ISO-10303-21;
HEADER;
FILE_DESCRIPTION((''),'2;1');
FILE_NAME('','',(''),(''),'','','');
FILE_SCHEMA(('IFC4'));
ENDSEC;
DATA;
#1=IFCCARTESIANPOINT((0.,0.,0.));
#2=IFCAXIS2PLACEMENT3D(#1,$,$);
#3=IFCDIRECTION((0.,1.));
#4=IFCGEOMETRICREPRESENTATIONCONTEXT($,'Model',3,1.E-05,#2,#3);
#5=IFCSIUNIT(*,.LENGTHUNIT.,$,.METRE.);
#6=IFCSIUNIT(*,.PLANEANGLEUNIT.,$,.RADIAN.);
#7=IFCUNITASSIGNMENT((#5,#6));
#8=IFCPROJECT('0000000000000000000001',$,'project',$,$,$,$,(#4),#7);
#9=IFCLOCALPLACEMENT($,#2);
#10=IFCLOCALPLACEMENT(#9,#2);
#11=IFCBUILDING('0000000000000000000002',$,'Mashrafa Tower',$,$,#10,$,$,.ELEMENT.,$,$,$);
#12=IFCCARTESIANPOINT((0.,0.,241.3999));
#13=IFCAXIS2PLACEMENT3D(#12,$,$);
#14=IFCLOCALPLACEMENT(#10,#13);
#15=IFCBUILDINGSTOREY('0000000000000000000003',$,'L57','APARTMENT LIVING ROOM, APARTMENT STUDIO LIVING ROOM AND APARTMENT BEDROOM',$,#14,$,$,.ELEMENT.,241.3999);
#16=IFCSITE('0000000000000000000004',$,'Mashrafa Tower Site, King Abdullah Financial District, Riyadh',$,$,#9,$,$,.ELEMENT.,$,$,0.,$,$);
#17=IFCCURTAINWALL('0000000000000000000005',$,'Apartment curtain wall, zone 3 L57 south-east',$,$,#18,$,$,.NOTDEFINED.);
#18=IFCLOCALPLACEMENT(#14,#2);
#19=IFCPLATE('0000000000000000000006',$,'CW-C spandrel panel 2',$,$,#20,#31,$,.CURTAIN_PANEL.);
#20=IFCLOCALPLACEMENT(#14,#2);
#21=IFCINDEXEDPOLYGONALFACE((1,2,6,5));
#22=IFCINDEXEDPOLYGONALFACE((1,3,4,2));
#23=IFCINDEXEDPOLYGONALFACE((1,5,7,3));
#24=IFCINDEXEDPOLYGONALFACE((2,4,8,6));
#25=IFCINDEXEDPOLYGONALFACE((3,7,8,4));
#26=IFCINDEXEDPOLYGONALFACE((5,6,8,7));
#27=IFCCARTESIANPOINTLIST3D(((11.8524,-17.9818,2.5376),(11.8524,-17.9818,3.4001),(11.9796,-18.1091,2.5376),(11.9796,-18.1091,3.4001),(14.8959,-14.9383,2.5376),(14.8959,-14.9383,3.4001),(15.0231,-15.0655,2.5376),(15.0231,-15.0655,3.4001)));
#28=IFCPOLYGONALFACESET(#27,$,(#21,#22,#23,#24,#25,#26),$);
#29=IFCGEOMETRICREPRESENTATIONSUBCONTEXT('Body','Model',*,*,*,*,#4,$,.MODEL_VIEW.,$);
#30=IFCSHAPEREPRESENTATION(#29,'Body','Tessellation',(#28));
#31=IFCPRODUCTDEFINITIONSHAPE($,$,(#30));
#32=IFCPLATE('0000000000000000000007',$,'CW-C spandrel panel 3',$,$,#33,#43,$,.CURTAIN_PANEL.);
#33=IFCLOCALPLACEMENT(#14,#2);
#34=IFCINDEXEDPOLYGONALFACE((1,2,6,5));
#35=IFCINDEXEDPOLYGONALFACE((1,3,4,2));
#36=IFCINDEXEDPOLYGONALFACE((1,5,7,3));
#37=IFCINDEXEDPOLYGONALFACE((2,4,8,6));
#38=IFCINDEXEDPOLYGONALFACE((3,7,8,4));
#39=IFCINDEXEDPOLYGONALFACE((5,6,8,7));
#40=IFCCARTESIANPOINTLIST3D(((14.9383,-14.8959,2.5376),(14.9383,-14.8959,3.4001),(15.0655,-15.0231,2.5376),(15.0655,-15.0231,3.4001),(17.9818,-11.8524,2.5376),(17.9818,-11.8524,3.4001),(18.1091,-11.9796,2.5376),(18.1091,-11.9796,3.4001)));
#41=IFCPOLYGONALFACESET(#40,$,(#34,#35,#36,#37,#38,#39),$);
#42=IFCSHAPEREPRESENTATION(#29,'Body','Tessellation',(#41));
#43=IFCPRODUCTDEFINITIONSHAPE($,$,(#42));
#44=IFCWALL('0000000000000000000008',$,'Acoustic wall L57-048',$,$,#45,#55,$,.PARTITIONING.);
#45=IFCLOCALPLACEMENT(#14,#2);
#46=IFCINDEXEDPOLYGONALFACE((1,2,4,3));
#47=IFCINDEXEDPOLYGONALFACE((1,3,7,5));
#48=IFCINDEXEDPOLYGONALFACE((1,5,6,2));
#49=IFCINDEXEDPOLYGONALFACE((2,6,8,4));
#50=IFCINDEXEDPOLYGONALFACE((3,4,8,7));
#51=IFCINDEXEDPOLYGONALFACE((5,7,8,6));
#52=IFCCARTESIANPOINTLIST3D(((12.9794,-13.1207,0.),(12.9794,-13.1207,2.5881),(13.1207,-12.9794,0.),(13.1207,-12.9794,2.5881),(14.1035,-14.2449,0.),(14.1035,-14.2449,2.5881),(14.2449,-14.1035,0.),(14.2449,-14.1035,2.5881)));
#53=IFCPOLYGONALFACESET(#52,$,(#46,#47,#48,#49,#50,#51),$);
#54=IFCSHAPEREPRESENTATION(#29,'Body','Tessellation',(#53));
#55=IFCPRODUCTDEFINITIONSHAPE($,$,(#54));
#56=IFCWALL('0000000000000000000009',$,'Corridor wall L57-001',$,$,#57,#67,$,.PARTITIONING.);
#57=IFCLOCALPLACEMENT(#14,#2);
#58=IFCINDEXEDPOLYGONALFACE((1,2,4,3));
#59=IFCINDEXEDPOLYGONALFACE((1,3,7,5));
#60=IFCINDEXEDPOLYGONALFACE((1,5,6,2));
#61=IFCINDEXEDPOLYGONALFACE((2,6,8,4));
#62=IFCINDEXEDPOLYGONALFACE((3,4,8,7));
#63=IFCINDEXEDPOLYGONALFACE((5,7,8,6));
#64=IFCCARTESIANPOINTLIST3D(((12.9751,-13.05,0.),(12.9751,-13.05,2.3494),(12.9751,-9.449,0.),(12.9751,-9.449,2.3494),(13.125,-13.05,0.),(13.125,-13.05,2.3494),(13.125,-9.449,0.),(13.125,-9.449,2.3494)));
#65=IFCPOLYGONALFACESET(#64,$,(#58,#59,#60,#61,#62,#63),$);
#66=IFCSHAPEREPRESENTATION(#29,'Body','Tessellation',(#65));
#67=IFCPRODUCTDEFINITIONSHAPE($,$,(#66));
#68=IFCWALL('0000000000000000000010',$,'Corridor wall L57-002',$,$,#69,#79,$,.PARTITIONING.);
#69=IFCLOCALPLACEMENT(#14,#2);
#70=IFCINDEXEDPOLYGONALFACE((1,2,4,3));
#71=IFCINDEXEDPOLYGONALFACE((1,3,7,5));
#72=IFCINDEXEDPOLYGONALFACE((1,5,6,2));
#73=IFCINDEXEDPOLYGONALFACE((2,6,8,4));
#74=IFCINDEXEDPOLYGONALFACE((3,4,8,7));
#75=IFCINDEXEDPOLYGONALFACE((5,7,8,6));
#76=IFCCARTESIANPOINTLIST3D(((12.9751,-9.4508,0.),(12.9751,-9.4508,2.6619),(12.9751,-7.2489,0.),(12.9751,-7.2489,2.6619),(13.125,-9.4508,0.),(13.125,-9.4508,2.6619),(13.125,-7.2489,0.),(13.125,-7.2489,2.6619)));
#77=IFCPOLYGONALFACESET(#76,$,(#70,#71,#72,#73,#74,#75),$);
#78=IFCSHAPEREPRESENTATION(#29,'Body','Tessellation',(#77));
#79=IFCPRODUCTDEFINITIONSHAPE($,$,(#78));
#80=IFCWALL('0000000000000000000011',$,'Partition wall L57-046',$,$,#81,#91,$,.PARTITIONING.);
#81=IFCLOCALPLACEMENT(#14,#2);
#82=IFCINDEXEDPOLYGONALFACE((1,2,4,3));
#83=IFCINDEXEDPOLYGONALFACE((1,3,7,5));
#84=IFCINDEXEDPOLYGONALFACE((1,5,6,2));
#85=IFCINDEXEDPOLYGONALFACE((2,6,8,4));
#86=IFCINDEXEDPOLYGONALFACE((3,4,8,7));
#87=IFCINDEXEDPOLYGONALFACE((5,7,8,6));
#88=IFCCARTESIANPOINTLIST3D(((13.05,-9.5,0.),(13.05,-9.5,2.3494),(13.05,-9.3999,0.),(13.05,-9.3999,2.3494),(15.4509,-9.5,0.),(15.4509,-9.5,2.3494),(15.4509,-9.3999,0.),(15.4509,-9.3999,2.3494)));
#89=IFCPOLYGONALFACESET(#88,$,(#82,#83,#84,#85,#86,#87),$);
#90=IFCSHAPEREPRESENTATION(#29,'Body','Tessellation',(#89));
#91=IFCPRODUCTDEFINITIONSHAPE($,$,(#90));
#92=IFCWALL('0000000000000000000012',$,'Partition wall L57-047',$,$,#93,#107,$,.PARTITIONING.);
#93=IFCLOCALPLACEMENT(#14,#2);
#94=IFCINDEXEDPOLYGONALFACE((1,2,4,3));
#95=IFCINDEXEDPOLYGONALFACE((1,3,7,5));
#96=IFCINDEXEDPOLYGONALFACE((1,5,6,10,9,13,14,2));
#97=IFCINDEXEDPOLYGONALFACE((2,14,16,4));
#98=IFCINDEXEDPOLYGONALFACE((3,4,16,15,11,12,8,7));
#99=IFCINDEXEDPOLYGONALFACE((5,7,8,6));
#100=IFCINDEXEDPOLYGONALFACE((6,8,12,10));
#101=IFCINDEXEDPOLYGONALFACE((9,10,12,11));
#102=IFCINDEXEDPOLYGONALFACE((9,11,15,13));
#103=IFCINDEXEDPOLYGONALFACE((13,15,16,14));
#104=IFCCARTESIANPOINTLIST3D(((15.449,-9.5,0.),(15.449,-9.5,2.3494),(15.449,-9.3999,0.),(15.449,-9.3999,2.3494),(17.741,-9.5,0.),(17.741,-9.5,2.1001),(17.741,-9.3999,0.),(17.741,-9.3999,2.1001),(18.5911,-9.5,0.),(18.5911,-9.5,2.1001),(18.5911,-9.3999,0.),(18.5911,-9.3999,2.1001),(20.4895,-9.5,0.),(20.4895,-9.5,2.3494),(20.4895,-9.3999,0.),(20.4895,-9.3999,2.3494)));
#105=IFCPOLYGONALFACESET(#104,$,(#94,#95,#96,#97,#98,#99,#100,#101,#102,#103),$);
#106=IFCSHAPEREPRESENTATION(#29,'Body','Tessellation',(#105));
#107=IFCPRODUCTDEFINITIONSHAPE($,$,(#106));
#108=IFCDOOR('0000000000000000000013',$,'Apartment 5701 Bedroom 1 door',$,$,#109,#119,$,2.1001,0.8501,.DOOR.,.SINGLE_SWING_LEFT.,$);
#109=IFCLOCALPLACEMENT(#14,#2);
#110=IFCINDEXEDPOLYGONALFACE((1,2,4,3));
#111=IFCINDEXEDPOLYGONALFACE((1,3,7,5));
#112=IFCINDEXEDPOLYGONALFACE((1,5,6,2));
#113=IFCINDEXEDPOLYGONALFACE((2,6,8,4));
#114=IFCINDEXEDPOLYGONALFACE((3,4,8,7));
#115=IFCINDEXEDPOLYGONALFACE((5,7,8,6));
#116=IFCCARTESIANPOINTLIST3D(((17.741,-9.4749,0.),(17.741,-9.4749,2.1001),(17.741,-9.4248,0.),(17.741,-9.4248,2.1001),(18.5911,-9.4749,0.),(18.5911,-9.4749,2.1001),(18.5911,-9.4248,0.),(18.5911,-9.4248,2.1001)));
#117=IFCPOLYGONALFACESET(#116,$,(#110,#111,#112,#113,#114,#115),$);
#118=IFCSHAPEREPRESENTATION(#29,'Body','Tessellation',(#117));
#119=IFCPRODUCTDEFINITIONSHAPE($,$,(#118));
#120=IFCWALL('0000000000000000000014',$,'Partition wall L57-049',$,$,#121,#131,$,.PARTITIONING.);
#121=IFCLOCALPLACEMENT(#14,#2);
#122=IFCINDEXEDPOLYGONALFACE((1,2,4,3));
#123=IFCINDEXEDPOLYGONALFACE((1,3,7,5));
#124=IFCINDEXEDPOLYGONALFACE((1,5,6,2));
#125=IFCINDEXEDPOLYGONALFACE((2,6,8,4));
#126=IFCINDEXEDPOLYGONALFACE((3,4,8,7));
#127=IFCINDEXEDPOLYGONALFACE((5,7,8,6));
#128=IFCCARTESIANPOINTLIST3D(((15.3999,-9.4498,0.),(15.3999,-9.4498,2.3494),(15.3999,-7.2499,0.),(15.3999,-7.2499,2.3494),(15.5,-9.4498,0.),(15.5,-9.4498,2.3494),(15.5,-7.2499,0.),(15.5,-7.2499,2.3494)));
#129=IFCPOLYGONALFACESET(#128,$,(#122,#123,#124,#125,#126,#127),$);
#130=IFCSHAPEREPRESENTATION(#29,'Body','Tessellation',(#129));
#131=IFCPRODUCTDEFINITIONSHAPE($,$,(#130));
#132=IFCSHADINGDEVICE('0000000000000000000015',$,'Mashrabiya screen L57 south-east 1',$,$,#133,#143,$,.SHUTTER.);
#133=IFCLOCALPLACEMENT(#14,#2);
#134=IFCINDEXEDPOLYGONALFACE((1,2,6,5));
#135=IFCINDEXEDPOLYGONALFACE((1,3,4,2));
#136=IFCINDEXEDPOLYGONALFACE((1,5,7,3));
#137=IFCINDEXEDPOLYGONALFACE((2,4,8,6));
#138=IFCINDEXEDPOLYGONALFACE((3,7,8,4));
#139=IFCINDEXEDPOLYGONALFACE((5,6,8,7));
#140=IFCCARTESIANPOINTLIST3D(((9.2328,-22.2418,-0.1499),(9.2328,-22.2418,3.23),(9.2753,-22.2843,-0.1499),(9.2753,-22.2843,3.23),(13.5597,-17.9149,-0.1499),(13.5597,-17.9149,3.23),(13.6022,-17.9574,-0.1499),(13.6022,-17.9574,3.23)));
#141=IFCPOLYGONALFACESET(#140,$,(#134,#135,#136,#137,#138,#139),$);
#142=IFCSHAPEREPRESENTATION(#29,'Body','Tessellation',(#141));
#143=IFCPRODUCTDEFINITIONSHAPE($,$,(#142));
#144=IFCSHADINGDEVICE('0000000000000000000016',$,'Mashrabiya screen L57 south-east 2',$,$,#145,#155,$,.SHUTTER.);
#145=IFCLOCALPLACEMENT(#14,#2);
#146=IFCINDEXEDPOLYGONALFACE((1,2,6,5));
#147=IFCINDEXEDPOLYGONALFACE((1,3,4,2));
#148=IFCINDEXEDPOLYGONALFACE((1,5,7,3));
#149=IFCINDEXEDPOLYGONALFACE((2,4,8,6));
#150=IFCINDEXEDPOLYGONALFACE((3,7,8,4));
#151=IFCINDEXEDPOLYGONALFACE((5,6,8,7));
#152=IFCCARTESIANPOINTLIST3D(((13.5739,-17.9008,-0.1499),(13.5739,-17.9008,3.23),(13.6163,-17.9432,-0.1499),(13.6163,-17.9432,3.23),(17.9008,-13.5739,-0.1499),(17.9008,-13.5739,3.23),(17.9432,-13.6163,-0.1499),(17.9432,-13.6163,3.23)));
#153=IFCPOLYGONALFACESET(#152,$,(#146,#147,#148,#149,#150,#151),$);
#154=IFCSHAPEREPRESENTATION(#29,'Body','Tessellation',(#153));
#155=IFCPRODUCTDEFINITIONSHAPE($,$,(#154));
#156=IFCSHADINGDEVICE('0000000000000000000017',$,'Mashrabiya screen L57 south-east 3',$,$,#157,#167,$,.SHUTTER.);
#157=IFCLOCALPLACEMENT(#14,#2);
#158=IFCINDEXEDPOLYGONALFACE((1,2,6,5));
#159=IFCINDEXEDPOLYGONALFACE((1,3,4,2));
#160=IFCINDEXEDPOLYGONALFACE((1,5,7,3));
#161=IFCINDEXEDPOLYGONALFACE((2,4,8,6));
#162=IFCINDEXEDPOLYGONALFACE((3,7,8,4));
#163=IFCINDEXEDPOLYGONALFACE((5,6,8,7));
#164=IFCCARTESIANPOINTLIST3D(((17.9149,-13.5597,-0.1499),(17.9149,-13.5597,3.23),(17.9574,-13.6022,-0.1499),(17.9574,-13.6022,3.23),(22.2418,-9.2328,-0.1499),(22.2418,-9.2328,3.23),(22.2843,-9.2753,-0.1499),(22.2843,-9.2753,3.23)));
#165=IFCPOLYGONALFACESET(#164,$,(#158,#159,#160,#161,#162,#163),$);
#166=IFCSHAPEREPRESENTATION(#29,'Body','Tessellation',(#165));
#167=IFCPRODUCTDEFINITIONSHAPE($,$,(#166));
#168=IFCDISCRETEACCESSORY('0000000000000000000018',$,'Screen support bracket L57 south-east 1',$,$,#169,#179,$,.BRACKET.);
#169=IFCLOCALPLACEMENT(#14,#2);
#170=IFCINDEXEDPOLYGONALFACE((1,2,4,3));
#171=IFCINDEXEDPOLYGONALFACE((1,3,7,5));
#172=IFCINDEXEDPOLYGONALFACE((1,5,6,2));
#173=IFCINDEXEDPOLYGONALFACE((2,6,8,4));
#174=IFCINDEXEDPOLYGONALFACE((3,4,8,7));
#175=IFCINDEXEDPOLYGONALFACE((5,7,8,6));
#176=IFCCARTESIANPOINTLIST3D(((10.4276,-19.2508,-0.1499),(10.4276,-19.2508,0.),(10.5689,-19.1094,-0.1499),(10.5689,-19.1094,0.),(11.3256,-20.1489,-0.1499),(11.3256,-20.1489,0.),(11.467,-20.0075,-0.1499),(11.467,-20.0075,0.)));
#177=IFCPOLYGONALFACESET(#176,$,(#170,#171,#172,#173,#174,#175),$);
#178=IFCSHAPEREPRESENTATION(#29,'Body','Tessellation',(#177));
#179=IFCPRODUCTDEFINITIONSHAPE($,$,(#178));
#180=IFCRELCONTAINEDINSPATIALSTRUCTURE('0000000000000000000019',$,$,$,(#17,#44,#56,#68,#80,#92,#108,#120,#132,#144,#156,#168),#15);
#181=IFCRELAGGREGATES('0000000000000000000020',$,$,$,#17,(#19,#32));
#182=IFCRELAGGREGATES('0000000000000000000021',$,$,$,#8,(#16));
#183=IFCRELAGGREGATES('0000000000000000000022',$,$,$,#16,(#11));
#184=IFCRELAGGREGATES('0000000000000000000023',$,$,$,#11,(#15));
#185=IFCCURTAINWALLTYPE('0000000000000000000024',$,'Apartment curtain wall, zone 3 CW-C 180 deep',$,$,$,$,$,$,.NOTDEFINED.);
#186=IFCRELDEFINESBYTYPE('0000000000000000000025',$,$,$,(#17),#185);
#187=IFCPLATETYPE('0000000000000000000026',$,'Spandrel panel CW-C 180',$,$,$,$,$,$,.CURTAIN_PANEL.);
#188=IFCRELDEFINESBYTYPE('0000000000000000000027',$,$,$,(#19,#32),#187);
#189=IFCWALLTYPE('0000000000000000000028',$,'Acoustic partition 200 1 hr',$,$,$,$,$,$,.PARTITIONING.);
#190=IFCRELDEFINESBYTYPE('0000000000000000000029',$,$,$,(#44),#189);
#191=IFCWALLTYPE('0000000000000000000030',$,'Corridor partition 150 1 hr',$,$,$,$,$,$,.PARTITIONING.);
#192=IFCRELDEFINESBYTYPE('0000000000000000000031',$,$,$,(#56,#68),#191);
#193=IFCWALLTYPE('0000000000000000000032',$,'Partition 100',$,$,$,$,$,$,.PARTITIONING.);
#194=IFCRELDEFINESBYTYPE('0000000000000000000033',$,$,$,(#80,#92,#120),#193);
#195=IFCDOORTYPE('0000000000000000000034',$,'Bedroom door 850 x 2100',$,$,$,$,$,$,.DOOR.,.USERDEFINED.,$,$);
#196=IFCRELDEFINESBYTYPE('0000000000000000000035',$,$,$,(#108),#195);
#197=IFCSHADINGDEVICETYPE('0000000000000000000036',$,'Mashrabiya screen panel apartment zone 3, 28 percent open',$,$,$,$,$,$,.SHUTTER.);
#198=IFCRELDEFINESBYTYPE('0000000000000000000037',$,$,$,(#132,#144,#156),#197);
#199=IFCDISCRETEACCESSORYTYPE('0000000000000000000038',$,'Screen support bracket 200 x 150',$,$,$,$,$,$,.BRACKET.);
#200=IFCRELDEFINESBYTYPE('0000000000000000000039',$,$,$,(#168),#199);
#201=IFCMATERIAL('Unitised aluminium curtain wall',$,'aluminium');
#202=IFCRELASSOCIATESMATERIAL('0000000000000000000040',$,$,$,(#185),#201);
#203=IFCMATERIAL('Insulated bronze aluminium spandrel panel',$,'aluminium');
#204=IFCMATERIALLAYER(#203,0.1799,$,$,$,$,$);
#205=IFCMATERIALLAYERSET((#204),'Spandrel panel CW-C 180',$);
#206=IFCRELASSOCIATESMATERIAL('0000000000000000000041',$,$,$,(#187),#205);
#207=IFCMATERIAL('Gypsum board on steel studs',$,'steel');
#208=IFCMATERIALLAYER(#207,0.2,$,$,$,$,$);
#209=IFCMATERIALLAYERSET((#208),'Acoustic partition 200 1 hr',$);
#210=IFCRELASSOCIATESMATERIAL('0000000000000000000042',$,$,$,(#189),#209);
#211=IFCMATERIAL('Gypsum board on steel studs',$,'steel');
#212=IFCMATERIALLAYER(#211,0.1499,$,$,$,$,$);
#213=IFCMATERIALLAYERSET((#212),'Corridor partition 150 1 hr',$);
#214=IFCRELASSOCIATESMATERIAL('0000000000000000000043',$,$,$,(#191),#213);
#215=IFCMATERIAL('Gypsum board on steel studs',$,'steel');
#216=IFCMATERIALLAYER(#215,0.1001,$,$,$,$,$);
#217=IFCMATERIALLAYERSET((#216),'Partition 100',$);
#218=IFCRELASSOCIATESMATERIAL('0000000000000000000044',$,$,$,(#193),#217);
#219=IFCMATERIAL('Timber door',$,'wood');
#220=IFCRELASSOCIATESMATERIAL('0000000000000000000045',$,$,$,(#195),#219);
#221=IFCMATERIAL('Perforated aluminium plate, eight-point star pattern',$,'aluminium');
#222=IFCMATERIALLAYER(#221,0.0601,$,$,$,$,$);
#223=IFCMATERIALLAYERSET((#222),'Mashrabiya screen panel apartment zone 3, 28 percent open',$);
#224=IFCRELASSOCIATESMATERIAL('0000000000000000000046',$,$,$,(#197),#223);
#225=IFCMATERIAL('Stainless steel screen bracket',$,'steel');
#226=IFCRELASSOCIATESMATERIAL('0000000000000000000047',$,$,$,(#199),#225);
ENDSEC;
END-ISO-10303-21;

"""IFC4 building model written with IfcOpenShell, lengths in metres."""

from ifc_helpers import new_model, si_unit, direction, frame, frame_2d, origin, origin_2d, place, context, subcontext, project, spatial, rectangle, extrude, source, transform, mapped, material, layer, layer_set, type_object, type_shapes, element, fill, aggregate, save


model = new_model("IFC4")

# Units and contexts
model_context = context("Model", 3, precision=1e-05, world=origin(), true_north=direction((0.0, 1.0)))
body_context = subcontext(model_context, "Body", "Model", "MODEL_VIEW")
ifc_project = project(units=[si_unit("LENGTHUNIT", "METRE"), si_unit("PLANEANGLEUNIT", "RADIAN")], contexts=[model_context])

# Site, building, storey
site_placement = place(None, origin())
site = spatial("IfcSite", under=ifc_project, at=site_placement, Name="Mashrafa Tower Site, King Abdullah Financial District, Riyadh", CompositionType="ELEMENT", RefElevation=0.0)
building_placement = place(site_placement, origin())
building = spatial("IfcBuilding", under=site, at=building_placement, Name="Mashrafa Tower", CompositionType="ELEMENT")
storey_placement = place(building_placement, frame((0.0, 0.0, 241.3999)))
storey = spatial("IfcBuildingStorey", under=building, at=storey_placement, Name="L57", Description="APARTMENT LIVING ROOM, APARTMENT STUDIO LIVING ROOM AND APARTMENT BEDROOM", CompositionType="ELEMENT", Elevation=241.3999)

# Curtain wall, plates
ifc_material_1 = material(Name="Unitised aluminium curtain wall", Category="aluminium")
curtain_wall_type = type_object("IfcCurtainWallType", Name="Apartment curtain wall, zone 3 CW-C 180 deep", PredefinedType="NOTDEFINED", material=ifc_material_1)
curtain_wall_placement = place(storey_placement, origin())
curtain_wall = element("IfcCurtainWall", 1, at=curtain_wall_placement, inside=storey, type_object=curtain_wall_type, Name="Apartment curtain wall, zone 3 L57 south-east", PredefinedType="NOTDEFINED")
ifc_material_2 = material(Name="Insulated bronze aluminium spandrel panel", Category="aluminium")
ifc_layer_1 = layer(ifc_material_2, 0.1799)
ifc_layer_set_1 = layer_set([ifc_layer_1], Name="Spandrel panel CW-C 180")
plate_type_1 = type_object("IfcPlateType", Name="Spandrel panel CW-C 180", PredefinedType="CURTAIN_PANEL", material=ifc_layer_set_1)
shared_shape_1 = source(origin(), body_context, "Body", "SweptSolid", [
    extrude(rectangle(XDim=4.3042, YDim=0.1799, at=origin_2d()), origin(), (0.0, 0.0, 1.0), 0.8625),
])
plate_1_placement = place(storey_placement, frame((13.4377, -16.5237, 2.5376), z_axis=(0.0, 0.0, 1.0), x_axis=(0.707107, 0.707107, 0.0)))
plate_1 = element("IfcPlate", 2, at=plate_1_placement, type_object=plate_type_1, Name="CW-C spandrel panel 2", PredefinedType="CURTAIN_PANEL", context=body_context, shape_type="MappedRepresentation", body=[
    mapped(shared_shape_1, transform((0.0, 0.0, 0.0))),
])
plate_2_placement = place(storey_placement, frame((16.5237, -13.4377, 2.5376), z_axis=(0.0, 0.0, 1.0), x_axis=(0.707107, 0.707107, 0.0)))
plate_2 = element("IfcPlate", 3, at=plate_2_placement, type_object=plate_type_1, Name="CW-C spandrel panel 3", PredefinedType="CURTAIN_PANEL", context=body_context, shape_type="MappedRepresentation", body=[
    mapped(shared_shape_1, transform((0.0, 0.0, 0.0))),
])
aggregate(curtain_wall, [plate_1, plate_2])

# Walls
ifc_material_3 = material(Name="Gypsum board on steel studs", Category="steel")
ifc_layer_2 = layer(ifc_material_3, 0.2)
ifc_layer_set_2 = layer_set([ifc_layer_2], Name="Acoustic partition 200 1 hr")
wall_type_1 = type_object("IfcWallType", Name="Acoustic partition 200 1 hr", PredefinedType="PARTITIONING", material=ifc_layer_set_2)
wall_1_placement = place(storey_placement, frame((13.05, -13.05, 0.0), z_axis=(0.0, 0.0, 1.0), x_axis=(0.707107, -0.707107, 0.0)))
element("IfcWall", 4, at=wall_1_placement, inside=storey, type_object=wall_type_1, Name="Acoustic wall L57-048", PredefinedType="PARTITIONING", context=body_context, shape_type="SweptSolid", body=[
    extrude(rectangle(XDim=1.5898, YDim=0.2, at=frame_2d((0.7949, 0.0))), origin(), (0.0, 0.0, 1.0), 2.5881),
])
ifc_material_4 = material(Name="Gypsum board on steel studs", Category="steel")
ifc_layer_3 = layer(ifc_material_4, 0.1499)
ifc_layer_set_3 = layer_set([ifc_layer_3], Name="Corridor partition 150 1 hr")
wall_type_2 = type_object("IfcWallType", Name="Corridor partition 150 1 hr", PredefinedType="PARTITIONING", material=ifc_layer_set_3)
wall_2_placement = place(storey_placement, frame((13.05, -13.05, 0.0), z_axis=(0.0, 0.0, 1.0), x_axis=(0.0, 1.0, 0.0)))
element("IfcWall", 5, at=wall_2_placement, inside=storey, type_object=wall_type_2, Name="Corridor wall L57-001", PredefinedType="PARTITIONING", context=body_context, shape_type="SweptSolid", body=[
    extrude(rectangle(XDim=3.6011, YDim=0.1499, at=frame_2d((1.8005, 0.0))), origin(), (0.0, 0.0, 1.0), 2.3494),
])
wall_3_placement = place(storey_placement, frame((13.05, -9.4509, 0.0), z_axis=(0.0, 0.0, 1.0), x_axis=(0.0, 1.0, 0.0)))
element("IfcWall", 6, at=wall_3_placement, inside=storey, type_object=wall_type_2, Name="Corridor wall L57-002", PredefinedType="PARTITIONING", context=body_context, shape_type="SweptSolid", body=[
    extrude(rectangle(XDim=2.2019, YDim=0.1499, at=frame_2d((1.1011, 0.0))), origin(), (0.0, 0.0, 1.0), 2.6619),
])
ifc_material_5 = material(Name="Gypsum board on steel studs", Category="steel")
ifc_layer_4 = layer(ifc_material_5, 0.1001)
ifc_layer_set_4 = layer_set([ifc_layer_4], Name="Partition 100")
wall_type_3 = type_object("IfcWallType", Name="Partition 100", PredefinedType="PARTITIONING", material=ifc_layer_set_4)
wall_4_placement = place(storey_placement, frame((15.4509, -9.45, 0.0), z_axis=(0.0, 0.0, 1.0), x_axis=(-1.0, 0.0, 0.0)))
element("IfcWall", 7, at=wall_4_placement, inside=storey, type_object=wall_type_3, Name="Partition wall L57-046", PredefinedType="PARTITIONING", context=body_context, shape_type="SweptSolid", body=[
    extrude(rectangle(XDim=2.4009, YDim=0.1001, at=frame_2d((1.2004, 0.0))), origin(), (0.0, 0.0, 1.0), 2.3494),
])

# Wall, opening, door
wall_5_placement = place(storey_placement, frame((20.4895, -9.45, 0.0), z_axis=(0.0, 0.0, 1.0), x_axis=(-1.0, 0.0, 0.0)))
wall_5 = element("IfcWall", 8, at=wall_5_placement, inside=storey, type_object=wall_type_3, Name="Partition wall L57-047", PredefinedType="PARTITIONING", context=body_context, shape_type="SweptSolid", body=[
    extrude(rectangle(XDim=5.0405, YDim=0.1001, at=frame_2d((2.5203, 0.0))), origin(), (0.0, 0.0, 1.0), 2.3494),
])
opening_placement = place(wall_5_placement, frame((1.8984, 0.0, 0.0)))
opening = element("IfcOpeningElement", 9, at=opening_placement, cuts=wall_5, PredefinedType="OPENING", context=body_context, shape_type="SweptSolid", body=[
    extrude(rectangle(XDim=0.8501, YDim=2.1001, at=frame_2d((0.425, 1.05))), frame((0.0, 0.0601, 0.0), z_axis=(0.0, -1.0, 0.0), x_axis=(1.0, 0.0, 0.0)), (0.0, 0.0, 1.0), 0.1201),
])
ifc_material_6 = material(Name="Timber door", Category="wood")
door_type = type_object("IfcDoorType", Name="Bedroom door 850 x 2100", OperationType="USERDEFINED", PredefinedType="DOOR", material=ifc_material_6)
door_placement = place(opening_placement, origin())
door = element("IfcDoor", 10, at=door_placement, inside=storey, type_object=door_type, Name="Apartment 5701 Bedroom 1 door", OperationType="SINGLE_SWING_LEFT", OverallHeight=2.1001, OverallWidth=0.8501, PredefinedType="DOOR", context=body_context, shape_type="SweptSolid", body=[
    extrude(rectangle(XDim=0.8501, YDim=2.1001, at=frame_2d((0.425, 1.05))), frame((0.0, 0.0249, 0.0), z_axis=(0.0, -1.0, 0.0), x_axis=(1.0, 0.0, 0.0)), (0.0, 0.0, 1.0), 0.05),
])
fill(opening, door)

# Wall
wall_6_placement = place(storey_placement, frame((15.45, -9.45, 0.0), z_axis=(0.0, 0.0, 1.0), x_axis=(0.0, 1.0, 0.0)))
element("IfcWall", 11, at=wall_6_placement, inside=storey, type_object=wall_type_3, Name="Partition wall L57-049", PredefinedType="PARTITIONING", context=body_context, shape_type="SweptSolid", body=[
    extrude(rectangle(XDim=2.2, YDim=0.1001, at=frame_2d((1.1001, 0.0))), origin(), (0.0, 0.0, 1.0), 2.3494),
])

# Shading devices
ifc_material_7 = material(Name="Perforated aluminium plate, eight-point star pattern", Category="aluminium")
ifc_layer_5 = layer(ifc_material_7, 0.0601)
ifc_layer_set_5 = layer_set([ifc_layer_5], Name="Mashrabiya screen panel apartment zone 3, 28 percent open")
shading_device_type = type_object("IfcShadingDeviceType", Name="Mashrabiya screen panel apartment zone 3, 28 percent open", PredefinedType="SHUTTER", material=ifc_layer_set_5)
shared_shape_2 = source(origin(), body_context, "Body", "SweptSolid", [
    extrude(rectangle(XDim=6.1191, YDim=0.0601, at=origin_2d()), origin(), (0.0, 0.0, 1.0), 3.3799),
])
type_shapes(shading_device_type, [shared_shape_2])
for number, where, z_axis, x_axis, name in (
    (12, (11.4175, -20.0996, -0.1499), (0.0, 0.0, 1.0), (0.707107, 0.707107, 0.0), "Mashrabiya screen L57 south-east 1"),
    (13, (15.7585, -15.7585, -0.1499), (0.0, 0.0, 1.0), (0.707107, 0.707107, 0.0), "Mashrabiya screen L57 south-east 2"),
    (14, (20.0996, -11.4175, -0.1499), (0.0, 0.0, 1.0), (0.707107, 0.707107, 0.0), "Mashrabiya screen L57 south-east 3"),
):
    element("IfcShadingDevice", number, at=place(storey_placement, frame(where, z_axis=z_axis, x_axis=x_axis)), inside=storey, type_object=shading_device_type, Name=name, PredefinedType="SHUTTER", context=body_context, shape_type="MappedRepresentation", body=[
        mapped(shared_shape_2, transform((0.0, 0.0, 0.0))),
    ])

# Discrete accessory
ifc_material_8 = material(Name="Stainless steel screen bracket", Category="steel")
discrete_accessory_type = type_object("IfcDiscreteAccessoryType", Name="Screen support bracket 200 x 150", PredefinedType="BRACKET", material=ifc_material_8)
shared_shape_3 = source(origin(), body_context, "Body", "SweptSolid", [
    extrude(rectangle(XDim=0.2, YDim=1.27, at=origin_2d()), origin(), (0.0, 0.0, 1.0), 0.1499),
])
type_shapes(discrete_accessory_type, [shared_shape_3])
for number, where, z_axis, x_axis, name in (
    (15, (10.9473, -19.6292, -0.1499), (0.0, 0.0, 1.0), (0.707107, 0.707107, 0.0), "Screen support bracket L57 south-east 1"),
):
    element("IfcDiscreteAccessory", number, at=place(storey_placement, frame(where, z_axis=z_axis, x_axis=x_axis)), inside=storey, type_object=discrete_accessory_type, Name=name, PredefinedType="BRACKET", context=body_context, shape_type="MappedRepresentation", body=[
        mapped(shared_shape_3, transform((0.0, 0.0, 0.0))),
    ])

save(model, "model.ifc")
